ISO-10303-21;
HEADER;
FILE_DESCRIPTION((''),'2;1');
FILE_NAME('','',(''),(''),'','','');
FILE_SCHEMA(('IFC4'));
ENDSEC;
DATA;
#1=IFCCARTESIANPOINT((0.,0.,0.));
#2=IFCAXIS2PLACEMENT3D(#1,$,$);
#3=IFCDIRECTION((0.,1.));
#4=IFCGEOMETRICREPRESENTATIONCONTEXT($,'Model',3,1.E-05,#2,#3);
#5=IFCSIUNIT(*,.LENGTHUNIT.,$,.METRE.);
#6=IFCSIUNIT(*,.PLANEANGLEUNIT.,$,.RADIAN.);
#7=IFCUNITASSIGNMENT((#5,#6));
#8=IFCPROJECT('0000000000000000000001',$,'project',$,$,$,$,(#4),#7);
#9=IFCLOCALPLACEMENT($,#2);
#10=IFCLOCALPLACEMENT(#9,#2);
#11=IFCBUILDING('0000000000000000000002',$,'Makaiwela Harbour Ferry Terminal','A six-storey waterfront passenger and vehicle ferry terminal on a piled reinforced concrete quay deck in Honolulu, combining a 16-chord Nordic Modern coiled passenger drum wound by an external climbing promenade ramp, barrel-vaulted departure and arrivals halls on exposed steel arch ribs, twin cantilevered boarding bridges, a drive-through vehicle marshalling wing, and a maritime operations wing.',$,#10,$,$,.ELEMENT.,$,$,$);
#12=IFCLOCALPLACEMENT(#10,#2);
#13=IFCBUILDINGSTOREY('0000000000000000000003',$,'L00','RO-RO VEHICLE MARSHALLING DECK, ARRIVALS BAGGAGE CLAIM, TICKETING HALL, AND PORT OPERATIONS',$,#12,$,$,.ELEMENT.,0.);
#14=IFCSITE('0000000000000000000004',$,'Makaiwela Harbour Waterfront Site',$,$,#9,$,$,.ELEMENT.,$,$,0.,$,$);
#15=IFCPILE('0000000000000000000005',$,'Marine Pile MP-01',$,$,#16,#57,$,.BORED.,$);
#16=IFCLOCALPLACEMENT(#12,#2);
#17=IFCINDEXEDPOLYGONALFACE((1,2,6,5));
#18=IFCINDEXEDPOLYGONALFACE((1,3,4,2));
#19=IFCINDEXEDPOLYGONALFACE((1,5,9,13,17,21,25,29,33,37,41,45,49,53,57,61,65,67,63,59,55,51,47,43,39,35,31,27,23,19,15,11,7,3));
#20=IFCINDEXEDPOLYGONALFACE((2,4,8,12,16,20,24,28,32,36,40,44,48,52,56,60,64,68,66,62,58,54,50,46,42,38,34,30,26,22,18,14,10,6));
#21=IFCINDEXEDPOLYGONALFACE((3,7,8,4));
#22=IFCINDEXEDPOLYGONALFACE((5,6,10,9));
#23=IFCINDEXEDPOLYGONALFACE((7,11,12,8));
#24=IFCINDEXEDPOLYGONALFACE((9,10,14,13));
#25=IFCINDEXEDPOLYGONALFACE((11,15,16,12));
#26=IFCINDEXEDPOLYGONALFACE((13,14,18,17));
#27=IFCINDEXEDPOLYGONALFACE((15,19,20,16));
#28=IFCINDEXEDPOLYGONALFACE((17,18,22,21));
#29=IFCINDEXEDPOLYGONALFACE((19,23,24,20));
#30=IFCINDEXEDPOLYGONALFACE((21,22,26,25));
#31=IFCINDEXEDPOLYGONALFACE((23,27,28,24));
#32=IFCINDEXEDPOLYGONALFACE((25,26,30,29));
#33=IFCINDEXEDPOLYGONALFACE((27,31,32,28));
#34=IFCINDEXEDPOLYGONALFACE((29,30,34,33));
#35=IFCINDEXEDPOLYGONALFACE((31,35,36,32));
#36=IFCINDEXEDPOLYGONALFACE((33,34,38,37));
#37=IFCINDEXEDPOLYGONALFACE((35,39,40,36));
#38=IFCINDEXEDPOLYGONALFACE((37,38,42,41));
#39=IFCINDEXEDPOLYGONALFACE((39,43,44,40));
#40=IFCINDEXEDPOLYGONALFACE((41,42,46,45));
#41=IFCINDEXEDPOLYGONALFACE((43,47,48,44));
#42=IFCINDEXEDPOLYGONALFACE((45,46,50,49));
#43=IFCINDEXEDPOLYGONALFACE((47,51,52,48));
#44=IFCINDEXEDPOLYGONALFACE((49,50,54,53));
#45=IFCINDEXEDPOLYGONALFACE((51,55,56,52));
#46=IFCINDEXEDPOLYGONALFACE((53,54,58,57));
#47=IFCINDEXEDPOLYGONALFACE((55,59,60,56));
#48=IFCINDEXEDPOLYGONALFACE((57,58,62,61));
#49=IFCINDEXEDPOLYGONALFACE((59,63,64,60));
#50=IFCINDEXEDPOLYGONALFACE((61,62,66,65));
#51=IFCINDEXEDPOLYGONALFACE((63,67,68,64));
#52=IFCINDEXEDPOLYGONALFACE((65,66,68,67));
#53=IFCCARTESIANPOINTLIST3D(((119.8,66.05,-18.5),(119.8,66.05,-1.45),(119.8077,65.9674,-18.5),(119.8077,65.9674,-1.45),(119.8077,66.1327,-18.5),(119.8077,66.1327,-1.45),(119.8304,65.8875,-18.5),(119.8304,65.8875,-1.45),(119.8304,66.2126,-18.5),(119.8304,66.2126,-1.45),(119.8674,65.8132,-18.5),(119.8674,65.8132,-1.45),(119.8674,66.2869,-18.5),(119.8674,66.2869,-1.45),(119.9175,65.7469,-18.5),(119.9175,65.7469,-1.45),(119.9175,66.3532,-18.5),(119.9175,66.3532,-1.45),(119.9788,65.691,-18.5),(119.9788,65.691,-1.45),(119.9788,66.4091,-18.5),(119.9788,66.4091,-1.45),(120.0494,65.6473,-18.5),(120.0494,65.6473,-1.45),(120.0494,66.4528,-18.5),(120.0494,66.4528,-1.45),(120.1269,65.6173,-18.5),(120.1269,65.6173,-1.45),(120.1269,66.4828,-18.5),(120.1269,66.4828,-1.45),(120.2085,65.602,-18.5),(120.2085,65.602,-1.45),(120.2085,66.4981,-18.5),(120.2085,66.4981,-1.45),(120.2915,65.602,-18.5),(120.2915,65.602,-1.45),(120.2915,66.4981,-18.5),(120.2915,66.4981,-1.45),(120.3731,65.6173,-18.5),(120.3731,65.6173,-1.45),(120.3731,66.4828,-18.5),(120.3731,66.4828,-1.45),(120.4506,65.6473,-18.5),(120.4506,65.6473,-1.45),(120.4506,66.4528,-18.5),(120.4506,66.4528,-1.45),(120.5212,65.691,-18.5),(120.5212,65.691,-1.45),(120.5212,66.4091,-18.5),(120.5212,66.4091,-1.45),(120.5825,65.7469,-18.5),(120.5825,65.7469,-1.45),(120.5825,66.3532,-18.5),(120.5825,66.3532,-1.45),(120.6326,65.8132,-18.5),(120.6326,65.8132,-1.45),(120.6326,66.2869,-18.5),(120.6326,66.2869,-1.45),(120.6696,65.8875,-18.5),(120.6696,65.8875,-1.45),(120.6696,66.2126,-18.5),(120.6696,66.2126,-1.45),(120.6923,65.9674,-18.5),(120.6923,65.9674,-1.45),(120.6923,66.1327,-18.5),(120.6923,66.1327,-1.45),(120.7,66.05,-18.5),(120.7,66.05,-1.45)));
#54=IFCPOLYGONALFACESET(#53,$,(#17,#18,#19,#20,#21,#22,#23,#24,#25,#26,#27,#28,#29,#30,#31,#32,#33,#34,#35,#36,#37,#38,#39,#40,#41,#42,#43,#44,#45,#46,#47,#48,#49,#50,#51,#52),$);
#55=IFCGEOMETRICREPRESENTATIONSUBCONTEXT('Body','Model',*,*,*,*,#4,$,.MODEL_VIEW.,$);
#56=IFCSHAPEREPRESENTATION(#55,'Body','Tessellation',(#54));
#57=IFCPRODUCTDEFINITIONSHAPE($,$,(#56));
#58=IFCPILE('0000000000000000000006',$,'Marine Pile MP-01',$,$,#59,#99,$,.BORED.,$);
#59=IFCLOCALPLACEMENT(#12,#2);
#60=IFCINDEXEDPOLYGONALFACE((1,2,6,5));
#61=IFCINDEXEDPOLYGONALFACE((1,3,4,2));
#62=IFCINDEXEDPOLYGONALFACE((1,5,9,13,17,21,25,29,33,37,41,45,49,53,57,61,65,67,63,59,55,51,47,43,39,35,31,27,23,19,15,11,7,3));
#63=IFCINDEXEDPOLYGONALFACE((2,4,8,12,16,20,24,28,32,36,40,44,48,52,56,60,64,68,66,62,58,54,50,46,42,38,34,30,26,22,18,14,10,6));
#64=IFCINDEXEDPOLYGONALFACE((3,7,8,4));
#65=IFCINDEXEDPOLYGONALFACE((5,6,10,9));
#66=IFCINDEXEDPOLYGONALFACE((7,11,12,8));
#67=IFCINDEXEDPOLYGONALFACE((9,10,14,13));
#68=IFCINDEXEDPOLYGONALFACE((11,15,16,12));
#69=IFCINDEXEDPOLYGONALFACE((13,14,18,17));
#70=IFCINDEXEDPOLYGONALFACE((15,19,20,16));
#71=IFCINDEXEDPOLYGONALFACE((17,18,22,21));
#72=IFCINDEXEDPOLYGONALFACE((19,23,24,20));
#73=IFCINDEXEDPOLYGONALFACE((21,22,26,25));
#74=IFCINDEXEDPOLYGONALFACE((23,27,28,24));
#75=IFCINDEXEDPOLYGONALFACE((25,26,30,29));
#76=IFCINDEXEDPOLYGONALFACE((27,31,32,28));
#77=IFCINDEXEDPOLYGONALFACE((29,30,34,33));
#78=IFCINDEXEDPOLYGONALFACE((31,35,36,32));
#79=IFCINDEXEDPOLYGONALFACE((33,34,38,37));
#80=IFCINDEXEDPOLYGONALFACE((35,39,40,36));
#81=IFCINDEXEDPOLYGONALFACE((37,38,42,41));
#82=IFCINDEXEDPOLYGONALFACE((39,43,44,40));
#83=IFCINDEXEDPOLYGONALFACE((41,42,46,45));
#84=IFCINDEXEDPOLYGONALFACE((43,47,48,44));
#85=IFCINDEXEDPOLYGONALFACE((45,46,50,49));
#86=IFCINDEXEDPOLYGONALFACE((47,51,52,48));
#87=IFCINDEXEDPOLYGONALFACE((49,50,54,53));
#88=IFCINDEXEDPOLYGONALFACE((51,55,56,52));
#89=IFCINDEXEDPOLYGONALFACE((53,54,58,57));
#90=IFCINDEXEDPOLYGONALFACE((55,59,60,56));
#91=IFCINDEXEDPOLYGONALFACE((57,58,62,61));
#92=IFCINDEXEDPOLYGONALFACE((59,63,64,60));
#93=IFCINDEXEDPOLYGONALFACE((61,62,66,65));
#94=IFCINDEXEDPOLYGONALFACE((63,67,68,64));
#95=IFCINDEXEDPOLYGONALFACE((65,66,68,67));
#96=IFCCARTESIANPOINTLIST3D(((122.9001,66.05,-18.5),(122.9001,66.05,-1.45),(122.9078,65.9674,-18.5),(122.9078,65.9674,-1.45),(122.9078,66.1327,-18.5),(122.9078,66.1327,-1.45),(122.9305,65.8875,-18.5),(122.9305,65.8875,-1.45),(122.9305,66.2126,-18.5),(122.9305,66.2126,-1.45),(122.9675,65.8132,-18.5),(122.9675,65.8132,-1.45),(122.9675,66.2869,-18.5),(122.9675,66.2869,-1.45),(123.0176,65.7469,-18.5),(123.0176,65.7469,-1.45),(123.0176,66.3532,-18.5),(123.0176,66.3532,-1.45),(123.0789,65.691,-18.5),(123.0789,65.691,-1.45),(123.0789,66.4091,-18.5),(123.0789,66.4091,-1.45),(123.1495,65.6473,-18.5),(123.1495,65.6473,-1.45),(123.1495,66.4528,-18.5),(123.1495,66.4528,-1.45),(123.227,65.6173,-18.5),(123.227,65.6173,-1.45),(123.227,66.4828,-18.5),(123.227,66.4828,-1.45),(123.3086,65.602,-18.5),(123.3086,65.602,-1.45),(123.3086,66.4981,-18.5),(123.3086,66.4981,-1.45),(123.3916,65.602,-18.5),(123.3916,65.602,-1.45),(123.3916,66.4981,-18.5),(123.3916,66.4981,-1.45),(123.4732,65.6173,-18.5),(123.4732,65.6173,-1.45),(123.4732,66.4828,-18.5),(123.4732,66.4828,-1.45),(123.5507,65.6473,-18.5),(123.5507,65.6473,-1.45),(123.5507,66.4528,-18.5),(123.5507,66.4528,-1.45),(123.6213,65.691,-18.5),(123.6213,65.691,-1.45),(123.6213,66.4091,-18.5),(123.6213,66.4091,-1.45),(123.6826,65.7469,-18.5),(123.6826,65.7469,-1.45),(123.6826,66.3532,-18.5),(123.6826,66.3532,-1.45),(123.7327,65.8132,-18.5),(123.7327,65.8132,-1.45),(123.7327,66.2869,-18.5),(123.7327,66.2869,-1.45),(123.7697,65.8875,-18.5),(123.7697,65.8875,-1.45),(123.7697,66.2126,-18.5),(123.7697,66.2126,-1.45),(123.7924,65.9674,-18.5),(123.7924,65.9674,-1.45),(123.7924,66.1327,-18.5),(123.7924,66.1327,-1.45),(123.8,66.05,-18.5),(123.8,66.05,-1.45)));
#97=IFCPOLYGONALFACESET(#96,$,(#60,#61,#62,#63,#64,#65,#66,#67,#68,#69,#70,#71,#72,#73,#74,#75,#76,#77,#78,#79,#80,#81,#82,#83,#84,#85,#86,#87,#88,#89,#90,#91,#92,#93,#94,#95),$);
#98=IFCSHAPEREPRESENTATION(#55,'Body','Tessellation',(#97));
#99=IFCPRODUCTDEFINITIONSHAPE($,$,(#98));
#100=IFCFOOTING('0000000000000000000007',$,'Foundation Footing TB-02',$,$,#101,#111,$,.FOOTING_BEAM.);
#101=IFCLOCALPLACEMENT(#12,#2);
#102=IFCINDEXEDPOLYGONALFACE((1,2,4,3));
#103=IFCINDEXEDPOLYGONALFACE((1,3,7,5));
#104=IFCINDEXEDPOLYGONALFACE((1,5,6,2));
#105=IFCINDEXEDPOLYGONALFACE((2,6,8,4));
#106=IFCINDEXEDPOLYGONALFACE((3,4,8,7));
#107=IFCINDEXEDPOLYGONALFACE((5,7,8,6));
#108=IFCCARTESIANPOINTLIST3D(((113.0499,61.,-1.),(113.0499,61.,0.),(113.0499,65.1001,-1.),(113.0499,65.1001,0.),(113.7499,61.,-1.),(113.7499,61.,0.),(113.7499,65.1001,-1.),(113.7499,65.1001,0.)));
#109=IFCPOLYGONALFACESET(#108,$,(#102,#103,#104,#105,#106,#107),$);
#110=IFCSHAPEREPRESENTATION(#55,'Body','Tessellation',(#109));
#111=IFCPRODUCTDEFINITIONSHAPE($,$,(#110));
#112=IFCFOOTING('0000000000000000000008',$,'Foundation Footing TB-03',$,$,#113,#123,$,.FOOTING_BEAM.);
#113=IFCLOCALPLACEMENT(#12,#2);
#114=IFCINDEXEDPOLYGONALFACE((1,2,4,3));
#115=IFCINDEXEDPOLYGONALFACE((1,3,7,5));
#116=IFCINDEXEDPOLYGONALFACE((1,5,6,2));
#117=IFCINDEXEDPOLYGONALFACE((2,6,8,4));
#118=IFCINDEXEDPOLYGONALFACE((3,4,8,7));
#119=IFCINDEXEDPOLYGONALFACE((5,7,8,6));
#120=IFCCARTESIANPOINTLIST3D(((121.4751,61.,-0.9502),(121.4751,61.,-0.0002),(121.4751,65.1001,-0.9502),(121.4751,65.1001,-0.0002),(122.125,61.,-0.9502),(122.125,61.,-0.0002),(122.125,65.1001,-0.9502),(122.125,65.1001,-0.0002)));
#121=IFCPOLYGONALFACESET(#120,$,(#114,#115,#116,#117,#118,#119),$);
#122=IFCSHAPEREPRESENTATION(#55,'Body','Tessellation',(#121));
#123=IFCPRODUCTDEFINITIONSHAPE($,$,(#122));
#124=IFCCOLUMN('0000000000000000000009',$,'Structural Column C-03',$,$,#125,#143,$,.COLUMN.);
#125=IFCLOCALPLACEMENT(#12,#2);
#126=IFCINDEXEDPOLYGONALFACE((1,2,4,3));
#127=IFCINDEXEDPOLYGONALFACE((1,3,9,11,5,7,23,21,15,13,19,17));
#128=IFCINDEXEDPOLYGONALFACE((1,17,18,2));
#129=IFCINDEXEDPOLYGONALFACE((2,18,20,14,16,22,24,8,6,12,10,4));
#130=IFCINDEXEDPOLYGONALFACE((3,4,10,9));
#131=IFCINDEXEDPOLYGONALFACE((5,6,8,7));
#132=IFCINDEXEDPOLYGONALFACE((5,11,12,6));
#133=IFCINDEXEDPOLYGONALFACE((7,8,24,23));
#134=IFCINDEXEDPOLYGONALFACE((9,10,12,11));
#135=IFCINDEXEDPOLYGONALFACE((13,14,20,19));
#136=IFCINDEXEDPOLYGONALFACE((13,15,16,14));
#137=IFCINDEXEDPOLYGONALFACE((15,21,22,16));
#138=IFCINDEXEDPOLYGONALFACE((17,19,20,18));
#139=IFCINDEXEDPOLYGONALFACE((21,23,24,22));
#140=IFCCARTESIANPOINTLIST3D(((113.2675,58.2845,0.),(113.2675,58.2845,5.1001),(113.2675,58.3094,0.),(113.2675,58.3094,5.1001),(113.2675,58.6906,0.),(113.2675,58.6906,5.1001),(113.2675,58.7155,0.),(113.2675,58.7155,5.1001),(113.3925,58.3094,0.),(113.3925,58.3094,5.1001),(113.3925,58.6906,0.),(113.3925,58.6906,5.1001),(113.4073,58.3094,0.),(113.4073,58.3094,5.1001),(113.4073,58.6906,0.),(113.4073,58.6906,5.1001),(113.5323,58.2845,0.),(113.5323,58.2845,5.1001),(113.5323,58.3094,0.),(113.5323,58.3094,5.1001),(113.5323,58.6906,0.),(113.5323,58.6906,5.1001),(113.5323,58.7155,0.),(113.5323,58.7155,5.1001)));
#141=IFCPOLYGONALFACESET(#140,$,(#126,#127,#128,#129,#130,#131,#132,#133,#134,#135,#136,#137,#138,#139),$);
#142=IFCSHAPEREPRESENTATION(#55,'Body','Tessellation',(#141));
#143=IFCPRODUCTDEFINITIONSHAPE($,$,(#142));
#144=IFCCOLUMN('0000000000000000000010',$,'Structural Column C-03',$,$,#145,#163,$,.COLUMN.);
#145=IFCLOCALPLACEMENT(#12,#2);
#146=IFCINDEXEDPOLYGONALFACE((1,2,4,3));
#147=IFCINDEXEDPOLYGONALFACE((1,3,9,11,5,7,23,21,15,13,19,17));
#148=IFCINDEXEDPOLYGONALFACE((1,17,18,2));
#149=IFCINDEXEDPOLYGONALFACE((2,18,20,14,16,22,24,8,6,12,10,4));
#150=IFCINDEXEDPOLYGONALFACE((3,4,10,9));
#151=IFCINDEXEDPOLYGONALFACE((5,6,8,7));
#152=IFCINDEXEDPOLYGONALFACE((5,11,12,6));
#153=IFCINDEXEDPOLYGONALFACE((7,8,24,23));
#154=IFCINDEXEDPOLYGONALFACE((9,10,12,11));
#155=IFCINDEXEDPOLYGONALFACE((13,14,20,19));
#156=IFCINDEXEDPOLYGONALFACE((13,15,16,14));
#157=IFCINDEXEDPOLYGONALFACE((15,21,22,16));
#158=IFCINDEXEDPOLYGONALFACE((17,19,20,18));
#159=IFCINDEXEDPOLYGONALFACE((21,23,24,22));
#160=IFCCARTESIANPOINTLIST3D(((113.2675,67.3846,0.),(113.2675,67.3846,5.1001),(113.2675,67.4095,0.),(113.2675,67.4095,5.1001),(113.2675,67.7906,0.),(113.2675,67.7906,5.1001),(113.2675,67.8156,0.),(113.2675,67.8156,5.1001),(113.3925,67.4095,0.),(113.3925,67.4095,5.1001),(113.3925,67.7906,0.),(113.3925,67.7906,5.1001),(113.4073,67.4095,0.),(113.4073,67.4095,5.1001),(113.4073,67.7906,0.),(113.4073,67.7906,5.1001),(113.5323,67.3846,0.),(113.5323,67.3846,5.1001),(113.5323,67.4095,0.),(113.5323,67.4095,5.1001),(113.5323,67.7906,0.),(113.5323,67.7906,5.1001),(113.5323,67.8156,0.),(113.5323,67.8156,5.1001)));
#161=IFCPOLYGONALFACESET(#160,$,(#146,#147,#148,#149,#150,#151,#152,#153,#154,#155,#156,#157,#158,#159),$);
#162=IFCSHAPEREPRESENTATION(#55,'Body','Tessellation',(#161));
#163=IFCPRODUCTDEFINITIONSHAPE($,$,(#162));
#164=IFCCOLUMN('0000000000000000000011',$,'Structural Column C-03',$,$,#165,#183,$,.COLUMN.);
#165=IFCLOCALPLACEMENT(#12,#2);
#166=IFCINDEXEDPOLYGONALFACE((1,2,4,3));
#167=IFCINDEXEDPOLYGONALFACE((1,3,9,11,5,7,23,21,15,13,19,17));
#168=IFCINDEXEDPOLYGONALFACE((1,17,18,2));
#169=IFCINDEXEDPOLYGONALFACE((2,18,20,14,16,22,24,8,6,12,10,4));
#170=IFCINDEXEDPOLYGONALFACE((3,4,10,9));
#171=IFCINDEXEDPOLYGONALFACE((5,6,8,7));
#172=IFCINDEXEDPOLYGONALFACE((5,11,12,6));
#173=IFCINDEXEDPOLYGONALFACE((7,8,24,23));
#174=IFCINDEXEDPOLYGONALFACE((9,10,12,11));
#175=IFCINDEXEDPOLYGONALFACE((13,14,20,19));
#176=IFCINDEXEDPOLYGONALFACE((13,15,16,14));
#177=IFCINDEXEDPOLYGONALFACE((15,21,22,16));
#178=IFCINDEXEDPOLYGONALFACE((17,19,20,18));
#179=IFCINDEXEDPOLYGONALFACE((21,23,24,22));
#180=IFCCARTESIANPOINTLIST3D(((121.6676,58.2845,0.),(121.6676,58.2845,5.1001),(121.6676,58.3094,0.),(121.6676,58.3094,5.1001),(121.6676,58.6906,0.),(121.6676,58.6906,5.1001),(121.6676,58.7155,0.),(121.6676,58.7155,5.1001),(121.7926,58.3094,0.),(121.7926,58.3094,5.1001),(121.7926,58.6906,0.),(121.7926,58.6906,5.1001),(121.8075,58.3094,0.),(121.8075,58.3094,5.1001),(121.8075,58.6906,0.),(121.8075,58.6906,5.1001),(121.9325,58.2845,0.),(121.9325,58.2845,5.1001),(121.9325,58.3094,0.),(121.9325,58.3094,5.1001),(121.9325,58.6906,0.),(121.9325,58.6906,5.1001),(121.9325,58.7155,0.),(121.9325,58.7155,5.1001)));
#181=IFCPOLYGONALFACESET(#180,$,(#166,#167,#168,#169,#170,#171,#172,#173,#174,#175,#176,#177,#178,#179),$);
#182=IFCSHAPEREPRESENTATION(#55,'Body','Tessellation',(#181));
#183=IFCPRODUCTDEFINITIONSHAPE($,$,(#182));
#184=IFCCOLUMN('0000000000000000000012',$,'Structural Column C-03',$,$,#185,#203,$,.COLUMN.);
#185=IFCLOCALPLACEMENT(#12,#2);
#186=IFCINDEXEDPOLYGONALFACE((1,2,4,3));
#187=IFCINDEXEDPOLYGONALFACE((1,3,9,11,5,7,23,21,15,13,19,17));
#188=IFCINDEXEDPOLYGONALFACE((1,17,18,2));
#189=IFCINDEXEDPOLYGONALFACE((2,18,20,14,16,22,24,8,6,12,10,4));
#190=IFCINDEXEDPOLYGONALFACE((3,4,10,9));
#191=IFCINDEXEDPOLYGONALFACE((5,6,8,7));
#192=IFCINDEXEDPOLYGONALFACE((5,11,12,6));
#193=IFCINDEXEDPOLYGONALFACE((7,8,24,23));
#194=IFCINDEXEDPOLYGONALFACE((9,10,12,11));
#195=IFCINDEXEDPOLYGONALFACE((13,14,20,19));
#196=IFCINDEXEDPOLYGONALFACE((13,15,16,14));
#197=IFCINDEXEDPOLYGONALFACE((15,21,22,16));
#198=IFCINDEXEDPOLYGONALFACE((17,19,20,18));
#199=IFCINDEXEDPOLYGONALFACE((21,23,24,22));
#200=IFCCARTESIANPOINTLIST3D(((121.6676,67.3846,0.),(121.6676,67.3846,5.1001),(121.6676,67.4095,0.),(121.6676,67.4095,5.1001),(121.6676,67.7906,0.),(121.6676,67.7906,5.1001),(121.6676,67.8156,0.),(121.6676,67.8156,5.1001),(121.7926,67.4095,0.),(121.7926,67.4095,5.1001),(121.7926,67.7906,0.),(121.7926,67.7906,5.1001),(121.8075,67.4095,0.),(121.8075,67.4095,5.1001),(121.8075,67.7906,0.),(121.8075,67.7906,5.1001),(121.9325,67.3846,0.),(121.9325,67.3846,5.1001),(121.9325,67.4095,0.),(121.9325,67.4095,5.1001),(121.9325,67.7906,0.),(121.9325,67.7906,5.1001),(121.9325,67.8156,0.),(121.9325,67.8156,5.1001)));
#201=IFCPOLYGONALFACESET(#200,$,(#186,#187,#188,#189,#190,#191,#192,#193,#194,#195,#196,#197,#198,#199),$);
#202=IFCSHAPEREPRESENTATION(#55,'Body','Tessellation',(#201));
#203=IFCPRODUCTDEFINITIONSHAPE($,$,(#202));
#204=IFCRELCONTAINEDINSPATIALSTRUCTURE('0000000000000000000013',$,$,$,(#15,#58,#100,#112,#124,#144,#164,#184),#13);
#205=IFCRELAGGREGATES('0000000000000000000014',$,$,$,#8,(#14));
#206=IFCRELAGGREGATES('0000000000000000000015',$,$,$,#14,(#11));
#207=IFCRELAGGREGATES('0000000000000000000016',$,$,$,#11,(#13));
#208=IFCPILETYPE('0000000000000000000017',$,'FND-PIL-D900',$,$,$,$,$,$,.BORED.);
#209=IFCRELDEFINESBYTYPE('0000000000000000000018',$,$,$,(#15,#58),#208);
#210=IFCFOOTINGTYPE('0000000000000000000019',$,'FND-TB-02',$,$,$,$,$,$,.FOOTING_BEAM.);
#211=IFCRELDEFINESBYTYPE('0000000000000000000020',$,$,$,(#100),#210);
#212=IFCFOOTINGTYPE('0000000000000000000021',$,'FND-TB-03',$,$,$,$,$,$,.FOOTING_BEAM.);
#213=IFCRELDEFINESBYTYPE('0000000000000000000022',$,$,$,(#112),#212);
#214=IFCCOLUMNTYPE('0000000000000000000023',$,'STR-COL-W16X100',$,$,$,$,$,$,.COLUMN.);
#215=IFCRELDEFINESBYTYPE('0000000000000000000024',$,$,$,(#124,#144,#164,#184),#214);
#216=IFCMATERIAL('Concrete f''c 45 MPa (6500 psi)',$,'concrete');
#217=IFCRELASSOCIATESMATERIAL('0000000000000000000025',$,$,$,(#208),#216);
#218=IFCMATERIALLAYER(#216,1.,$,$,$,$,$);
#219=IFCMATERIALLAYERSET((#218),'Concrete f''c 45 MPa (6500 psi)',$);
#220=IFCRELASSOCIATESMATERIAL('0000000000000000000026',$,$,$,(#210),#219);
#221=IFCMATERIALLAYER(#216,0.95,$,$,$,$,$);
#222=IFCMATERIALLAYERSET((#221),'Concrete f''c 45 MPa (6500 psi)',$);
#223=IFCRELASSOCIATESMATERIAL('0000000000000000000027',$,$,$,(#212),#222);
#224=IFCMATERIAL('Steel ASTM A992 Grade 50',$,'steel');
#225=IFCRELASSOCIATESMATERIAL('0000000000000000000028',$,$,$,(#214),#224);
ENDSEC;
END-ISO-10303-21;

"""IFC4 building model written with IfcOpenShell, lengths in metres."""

from ifc_helpers import new_model, si_unit, direction, frame, origin, origin_2d, place, context, subcontext, project, spatial, rectangle, circle, i_section, extrude, material, layer, layer_set, material_profile, profile_set, type_object, element, save


model = new_model("IFC4")

# Units and contexts
model_context = context("Model", 3, precision=1e-05, world=origin(), true_north=direction((0.0, 1.0)))
body_context = subcontext(model_context, "Body", "Model", "MODEL_VIEW")
ifc_project = project(units=[si_unit("LENGTHUNIT", "METRE"), si_unit("PLANEANGLEUNIT", "RADIAN")], contexts=[model_context])

# Site, building, storey
site_placement = place(None, origin())
site = spatial("IfcSite", under=ifc_project, at=site_placement, Name="Makaiwela Harbour Waterfront Site", CompositionType="ELEMENT", RefElevation=0.0)
building_placement = place(site_placement, origin())
building = spatial("IfcBuilding", under=site, at=building_placement, Name="Makaiwela Harbour Ferry Terminal", Description="A six-storey waterfront passenger and vehicle ferry terminal on a piled reinforced concrete quay deck in Honolulu, combining a 16-chord Nordic Modern coiled passenger drum wound by an external climbing promenade ramp, barrel-vaulted departure and arrivals halls on exposed steel arch ribs, twin cantilevered boarding bridges, a drive-through vehicle marshalling wing, and a maritime operations wing.", CompositionType="ELEMENT")
storey_placement = place(building_placement, origin())
storey = spatial("IfcBuildingStorey", under=building, at=storey_placement, Name="L00", Description="RO-RO VEHICLE MARSHALLING DECK, ARRIVALS BAGGAGE CLAIM, TICKETING HALL, AND PORT OPERATIONS", CompositionType="ELEMENT", Elevation=0.0)

# Shared definitions
ifc_material_1 = material(Name="Concrete f'c 45 MPa (6500 psi)", Category="concrete")

# Piles
ifc_material_profile_1 = material_profile(ifc_material_1, circle(Radius=0.45, at=origin_2d()), Name="PILE-D900")
ifc_profile_set_1 = profile_set([ifc_material_profile_1], Name="Concrete f'c 45 MPa (6500 psi)")
pile_type = type_object("IfcPileType", Name="FND-PIL-D900", PredefinedType="BORED", material=ifc_profile_set_1)
for number, where, z_axis, x_axis, name in (
    (1, (120.25, 66.05, -1.45), (0.0, 0.0, -1.0), (1.0, 0.0, 0.0), "Marine Pile MP-01"),
    (2, (123.3501, 66.05, -1.45), (0.0, 0.0, -1.0), (1.0, 0.0, 0.0), "Marine Pile MP-01"),
):
    element("IfcPile", number, at=place(storey_placement, frame(where, z_axis=z_axis, x_axis=x_axis)), inside=storey, type_object=pile_type, Name=name, PredefinedType="BORED", context=body_context, shape_type="SweptSolid", body=[
        extrude(circle(Radius=0.45, at=origin_2d()), origin(), (0.0, 0.0, 1.0), 17.05),
    ])

# Footings
ifc_layer_1 = layer(ifc_material_1, 1.0)
ifc_layer_set_1 = layer_set([ifc_layer_1], Name="Concrete f'c 45 MPa (6500 psi)")
footing_type_1 = type_object("IfcFootingType", Name="FND-TB-02", PredefinedType="FOOTING_BEAM", material=ifc_layer_set_1)
footing_1_placement = place(storey_placement, frame((113.3999, 63.05, -1.0), z_axis=(0.0, 0.0, 1.0), x_axis=(0.0, 1.0, 0.0)))
element("IfcFooting", 3, at=footing_1_placement, inside=storey, type_object=footing_type_1, Name="Foundation Footing TB-02", PredefinedType="FOOTING_BEAM", context=body_context, shape_type="SweptSolid", body=[
    extrude(rectangle(XDim=4.1001, YDim=0.7, at=origin_2d()), origin(), (0.0, 0.0, 1.0), 1.0),
])
ifc_layer_2 = layer(ifc_material_1, 0.95)
ifc_layer_set_2 = layer_set([ifc_layer_2], Name="Concrete f'c 45 MPa (6500 psi)")
footing_type_2 = type_object("IfcFootingType", Name="FND-TB-03", PredefinedType="FOOTING_BEAM", material=ifc_layer_set_2)
footing_2_placement = place(storey_placement, frame((121.8, 63.05, -0.9502), z_axis=(0.0, 0.0, 1.0), x_axis=(0.0, 1.0, 0.0)))
element("IfcFooting", 4, at=footing_2_placement, inside=storey, type_object=footing_type_2, Name="Foundation Footing TB-03", PredefinedType="FOOTING_BEAM", context=body_context, shape_type="SweptSolid", body=[
    extrude(rectangle(XDim=4.1001, YDim=0.6499, at=origin_2d()), origin(), (0.0, 0.0, 1.0), 0.95),
])

# Columns
ifc_material_2 = material(Name="Steel ASTM A992 Grade 50", Category="steel")
ifc_material_profile_2 = material_profile(ifc_material_2, i_section(OverallWidth=0.2649, OverallDepth=0.4309, WebThickness=0.0149, FlangeThickness=0.0249, at=origin_2d()), Name="W16X100")
ifc_profile_set_2 = profile_set([ifc_material_profile_2], Name="Steel ASTM A992 Grade 50")
column_type = type_object("IfcColumnType", Name="STR-COL-W16X100", PredefinedType="COLUMN", material=ifc_profile_set_2)
for number, where, z_axis, x_axis, name in (
    (5, (113.3999, 58.5, 0.0), (0.0, 0.0, 1.0), (1.0, 0.0, 0.0), "Structural Column C-03"),
    (6, (113.3999, 67.6001, 0.0), (0.0, 0.0, 1.0), (1.0, 0.0, 0.0), "Structural Column C-03"),
    (7, (121.8, 58.5, 0.0), (0.0, 0.0, 1.0), (1.0, 0.0, 0.0), "Structural Column C-03"),
    (8, (121.8, 67.6001, 0.0), (0.0, 0.0, 1.0), (1.0, 0.0, 0.0), "Structural Column C-03"),
):
    element("IfcColumn", number, at=place(storey_placement, frame(where, z_axis=z_axis, x_axis=x_axis)), inside=storey, type_object=column_type, Name=name, PredefinedType="COLUMN", context=body_context, shape_type="SweptSolid", body=[
        extrude(i_section(OverallWidth=0.2649, OverallDepth=0.4309, WebThickness=0.0149, FlangeThickness=0.0249, at=origin_2d()), origin(), (0.0, 0.0, 1.0), 5.1001),
    ])

save(model, "model.ifc")
